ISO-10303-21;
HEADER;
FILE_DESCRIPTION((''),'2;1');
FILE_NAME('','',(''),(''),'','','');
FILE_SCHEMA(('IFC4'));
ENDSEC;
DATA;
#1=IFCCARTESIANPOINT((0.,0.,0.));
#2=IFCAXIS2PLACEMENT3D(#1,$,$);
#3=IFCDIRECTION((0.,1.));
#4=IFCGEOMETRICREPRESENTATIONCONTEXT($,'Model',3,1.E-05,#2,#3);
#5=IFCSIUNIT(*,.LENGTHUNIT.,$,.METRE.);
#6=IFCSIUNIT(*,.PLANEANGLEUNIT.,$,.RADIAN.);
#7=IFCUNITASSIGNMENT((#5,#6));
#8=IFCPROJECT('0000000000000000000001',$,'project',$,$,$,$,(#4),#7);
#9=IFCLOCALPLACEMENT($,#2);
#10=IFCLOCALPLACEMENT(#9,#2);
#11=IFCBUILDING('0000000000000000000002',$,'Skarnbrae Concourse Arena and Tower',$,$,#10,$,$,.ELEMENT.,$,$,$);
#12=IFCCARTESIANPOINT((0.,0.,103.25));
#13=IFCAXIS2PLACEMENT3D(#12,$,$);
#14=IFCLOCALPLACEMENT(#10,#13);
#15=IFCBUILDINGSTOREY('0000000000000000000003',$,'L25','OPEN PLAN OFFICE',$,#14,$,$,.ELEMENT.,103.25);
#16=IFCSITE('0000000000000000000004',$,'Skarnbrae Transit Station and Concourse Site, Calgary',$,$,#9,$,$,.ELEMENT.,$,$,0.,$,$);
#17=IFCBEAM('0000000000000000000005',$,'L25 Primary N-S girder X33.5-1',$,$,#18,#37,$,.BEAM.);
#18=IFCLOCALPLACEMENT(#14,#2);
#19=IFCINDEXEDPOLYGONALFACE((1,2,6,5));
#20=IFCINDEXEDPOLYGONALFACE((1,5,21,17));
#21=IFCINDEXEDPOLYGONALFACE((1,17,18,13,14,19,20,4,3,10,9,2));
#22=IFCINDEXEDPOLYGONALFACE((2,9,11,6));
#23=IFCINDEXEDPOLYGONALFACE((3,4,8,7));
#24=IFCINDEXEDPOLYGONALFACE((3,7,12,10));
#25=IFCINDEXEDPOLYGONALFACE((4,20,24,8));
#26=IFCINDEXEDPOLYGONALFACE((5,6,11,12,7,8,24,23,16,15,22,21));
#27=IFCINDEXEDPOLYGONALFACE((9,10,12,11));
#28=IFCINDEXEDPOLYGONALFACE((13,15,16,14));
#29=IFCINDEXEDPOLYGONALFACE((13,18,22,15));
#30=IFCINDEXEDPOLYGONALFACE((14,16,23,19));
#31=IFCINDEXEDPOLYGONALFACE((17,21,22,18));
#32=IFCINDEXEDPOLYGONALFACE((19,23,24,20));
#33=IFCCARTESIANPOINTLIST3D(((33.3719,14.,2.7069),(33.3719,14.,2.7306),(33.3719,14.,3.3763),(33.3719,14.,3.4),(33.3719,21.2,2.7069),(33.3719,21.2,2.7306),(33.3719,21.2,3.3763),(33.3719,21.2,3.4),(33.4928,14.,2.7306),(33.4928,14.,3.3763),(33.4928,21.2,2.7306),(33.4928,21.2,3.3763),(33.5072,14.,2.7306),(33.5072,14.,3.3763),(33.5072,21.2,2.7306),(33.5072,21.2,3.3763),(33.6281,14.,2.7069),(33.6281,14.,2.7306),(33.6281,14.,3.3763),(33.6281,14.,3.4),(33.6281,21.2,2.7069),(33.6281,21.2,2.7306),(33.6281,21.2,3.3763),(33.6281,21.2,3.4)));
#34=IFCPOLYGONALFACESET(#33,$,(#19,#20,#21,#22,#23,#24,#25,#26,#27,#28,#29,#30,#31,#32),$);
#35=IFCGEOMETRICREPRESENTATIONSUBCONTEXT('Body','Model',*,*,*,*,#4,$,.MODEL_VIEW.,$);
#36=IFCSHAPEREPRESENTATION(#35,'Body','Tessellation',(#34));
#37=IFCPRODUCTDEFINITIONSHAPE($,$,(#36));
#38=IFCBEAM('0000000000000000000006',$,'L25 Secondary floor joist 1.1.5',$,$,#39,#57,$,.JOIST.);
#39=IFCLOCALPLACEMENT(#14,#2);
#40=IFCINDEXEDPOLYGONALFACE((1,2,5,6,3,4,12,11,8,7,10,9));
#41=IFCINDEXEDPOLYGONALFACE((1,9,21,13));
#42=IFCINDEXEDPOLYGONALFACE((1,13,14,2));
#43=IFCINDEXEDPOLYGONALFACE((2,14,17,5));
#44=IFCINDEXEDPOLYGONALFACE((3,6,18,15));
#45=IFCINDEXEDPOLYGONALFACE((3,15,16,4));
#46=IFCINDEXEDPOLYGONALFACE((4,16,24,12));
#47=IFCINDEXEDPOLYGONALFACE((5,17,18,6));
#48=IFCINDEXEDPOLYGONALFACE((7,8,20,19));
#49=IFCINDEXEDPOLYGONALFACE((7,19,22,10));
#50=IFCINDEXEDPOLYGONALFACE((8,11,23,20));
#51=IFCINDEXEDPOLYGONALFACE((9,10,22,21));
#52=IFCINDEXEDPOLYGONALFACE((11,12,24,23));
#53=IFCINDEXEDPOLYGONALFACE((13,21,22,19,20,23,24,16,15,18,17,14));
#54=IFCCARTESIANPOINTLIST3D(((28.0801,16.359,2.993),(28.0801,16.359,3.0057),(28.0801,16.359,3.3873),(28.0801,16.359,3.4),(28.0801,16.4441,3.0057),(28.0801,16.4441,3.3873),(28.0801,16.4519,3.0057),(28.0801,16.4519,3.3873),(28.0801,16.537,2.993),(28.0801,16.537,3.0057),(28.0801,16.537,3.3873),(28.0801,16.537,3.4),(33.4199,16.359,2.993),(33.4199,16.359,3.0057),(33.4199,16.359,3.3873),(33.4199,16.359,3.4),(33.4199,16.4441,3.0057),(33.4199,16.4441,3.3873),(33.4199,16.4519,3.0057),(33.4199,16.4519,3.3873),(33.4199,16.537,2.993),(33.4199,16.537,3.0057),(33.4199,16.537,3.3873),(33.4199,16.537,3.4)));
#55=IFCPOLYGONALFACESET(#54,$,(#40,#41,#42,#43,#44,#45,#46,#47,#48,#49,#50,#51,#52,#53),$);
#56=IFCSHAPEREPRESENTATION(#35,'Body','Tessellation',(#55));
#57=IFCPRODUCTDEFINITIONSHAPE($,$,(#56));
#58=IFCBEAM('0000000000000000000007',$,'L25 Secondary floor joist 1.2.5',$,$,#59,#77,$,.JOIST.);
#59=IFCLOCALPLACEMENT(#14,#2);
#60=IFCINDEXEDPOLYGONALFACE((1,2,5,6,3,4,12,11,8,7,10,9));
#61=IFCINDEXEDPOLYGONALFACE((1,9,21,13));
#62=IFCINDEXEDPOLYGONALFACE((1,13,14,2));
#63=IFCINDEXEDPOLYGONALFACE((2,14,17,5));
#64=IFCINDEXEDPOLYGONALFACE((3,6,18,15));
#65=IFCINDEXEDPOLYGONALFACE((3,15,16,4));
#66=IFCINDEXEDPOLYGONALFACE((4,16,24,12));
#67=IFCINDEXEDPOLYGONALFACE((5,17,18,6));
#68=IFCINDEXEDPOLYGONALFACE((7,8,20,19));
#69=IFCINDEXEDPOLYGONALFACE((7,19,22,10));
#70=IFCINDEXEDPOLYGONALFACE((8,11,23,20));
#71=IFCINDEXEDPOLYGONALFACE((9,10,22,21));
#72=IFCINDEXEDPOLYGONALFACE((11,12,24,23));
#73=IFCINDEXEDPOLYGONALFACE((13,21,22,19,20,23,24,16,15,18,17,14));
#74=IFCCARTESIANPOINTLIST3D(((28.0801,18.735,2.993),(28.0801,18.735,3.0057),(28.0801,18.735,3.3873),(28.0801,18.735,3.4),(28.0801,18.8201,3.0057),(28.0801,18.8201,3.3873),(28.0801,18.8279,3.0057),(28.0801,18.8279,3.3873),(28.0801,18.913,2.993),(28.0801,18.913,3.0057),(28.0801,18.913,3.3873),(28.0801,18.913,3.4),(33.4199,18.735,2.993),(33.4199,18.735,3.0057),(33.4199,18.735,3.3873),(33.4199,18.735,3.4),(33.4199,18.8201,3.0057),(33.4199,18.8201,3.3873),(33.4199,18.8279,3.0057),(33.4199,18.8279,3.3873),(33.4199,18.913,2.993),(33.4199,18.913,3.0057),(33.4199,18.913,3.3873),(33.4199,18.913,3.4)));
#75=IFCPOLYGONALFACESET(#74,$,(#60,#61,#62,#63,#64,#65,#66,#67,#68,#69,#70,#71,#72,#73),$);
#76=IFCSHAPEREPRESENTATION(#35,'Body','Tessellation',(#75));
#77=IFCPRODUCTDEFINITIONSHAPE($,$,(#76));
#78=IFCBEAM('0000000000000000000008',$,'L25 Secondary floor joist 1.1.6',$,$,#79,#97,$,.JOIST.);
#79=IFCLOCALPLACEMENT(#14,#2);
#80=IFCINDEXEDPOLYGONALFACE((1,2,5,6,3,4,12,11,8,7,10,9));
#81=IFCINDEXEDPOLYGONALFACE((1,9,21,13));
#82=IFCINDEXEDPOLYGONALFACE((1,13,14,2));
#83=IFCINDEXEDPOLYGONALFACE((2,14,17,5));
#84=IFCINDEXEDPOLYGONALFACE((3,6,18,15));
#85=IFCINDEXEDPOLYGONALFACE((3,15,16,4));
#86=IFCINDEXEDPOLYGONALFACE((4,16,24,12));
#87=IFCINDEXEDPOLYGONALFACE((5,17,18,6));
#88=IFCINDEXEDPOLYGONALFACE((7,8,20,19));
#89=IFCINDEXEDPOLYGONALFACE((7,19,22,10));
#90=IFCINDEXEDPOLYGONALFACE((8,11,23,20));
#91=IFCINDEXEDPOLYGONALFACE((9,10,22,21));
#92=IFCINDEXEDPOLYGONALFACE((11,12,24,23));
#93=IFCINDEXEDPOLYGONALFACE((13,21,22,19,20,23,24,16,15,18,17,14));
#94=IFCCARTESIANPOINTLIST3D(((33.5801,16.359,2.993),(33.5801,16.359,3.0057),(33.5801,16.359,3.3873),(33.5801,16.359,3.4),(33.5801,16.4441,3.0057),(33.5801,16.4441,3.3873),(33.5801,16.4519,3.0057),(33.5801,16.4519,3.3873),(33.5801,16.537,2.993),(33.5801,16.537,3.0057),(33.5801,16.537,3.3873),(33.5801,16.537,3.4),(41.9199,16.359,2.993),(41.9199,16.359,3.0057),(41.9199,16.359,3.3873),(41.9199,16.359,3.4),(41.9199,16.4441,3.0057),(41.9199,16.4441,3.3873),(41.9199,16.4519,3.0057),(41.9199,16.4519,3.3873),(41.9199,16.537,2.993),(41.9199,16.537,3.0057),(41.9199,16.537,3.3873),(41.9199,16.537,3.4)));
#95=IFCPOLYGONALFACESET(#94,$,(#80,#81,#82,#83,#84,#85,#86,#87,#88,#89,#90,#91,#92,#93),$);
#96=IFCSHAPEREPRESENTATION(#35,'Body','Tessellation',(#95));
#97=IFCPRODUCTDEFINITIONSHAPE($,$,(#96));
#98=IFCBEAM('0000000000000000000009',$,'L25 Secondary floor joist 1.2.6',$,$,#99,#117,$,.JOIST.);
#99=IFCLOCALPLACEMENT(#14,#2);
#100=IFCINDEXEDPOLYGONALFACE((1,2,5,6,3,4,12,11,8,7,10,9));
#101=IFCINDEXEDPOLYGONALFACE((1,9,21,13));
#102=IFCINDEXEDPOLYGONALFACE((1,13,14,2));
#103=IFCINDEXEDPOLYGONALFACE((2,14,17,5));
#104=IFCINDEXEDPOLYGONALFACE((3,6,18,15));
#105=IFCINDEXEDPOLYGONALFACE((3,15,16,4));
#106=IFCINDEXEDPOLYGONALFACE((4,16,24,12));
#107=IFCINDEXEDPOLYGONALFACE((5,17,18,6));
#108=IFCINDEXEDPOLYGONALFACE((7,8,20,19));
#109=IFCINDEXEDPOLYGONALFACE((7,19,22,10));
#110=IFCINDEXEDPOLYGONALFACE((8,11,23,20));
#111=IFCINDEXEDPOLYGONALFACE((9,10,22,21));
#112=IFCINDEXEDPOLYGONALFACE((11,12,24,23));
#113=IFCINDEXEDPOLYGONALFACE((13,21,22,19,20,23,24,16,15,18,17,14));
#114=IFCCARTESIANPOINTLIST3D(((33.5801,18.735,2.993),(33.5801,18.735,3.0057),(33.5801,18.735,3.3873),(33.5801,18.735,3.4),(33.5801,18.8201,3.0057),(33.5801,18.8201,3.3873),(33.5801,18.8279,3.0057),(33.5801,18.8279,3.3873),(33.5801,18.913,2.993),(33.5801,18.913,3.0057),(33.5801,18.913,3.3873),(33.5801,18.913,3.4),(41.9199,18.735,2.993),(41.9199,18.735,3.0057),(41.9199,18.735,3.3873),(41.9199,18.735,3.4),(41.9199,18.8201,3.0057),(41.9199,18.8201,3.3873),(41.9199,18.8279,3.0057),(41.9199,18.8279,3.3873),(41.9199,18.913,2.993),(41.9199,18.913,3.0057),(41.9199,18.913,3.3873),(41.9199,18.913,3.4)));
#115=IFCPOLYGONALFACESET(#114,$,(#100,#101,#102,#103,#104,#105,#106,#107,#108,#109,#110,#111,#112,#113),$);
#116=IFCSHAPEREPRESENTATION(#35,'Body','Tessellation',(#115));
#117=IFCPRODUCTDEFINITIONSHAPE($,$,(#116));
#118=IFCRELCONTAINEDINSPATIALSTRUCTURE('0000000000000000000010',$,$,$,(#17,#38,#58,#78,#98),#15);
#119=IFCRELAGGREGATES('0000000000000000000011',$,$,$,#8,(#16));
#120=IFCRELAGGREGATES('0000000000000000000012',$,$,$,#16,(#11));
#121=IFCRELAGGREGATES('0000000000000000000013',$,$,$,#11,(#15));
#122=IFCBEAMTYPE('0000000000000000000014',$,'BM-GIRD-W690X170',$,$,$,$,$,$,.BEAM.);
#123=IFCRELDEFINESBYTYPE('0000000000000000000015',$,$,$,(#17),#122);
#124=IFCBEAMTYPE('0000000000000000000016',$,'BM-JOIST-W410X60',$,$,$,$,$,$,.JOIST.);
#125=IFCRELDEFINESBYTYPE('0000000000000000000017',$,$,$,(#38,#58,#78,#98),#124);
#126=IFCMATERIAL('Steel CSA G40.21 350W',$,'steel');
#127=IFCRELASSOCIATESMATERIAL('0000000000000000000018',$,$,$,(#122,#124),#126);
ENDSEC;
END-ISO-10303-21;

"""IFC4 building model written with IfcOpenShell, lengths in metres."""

from ifc_helpers import new_model, si_unit, direction, frame, origin, origin_2d, place, context, subcontext, project, spatial, i_section, extrude, source, transform, mapped, material, material_profile, profile_set, type_object, element, save


model = new_model("IFC4")

# Units and contexts
model_context = context("Model", 3, precision=1e-05, world=origin(), true_north=direction((0.0, 1.0)))
body_context = subcontext(model_context, "Body", "Model", "MODEL_VIEW")
ifc_project = project(units=[si_unit("LENGTHUNIT", "METRE"), si_unit("PLANEANGLEUNIT", "RADIAN")], contexts=[model_context])

# Site, building, storey
site_placement = place(None, origin())
site = spatial("IfcSite", under=ifc_project, at=site_placement, Name="Skarnbrae Transit Station and Concourse Site, Calgary", CompositionType="ELEMENT", RefElevation=0.0)
building_placement = place(site_placement, origin())
building = spatial("IfcBuilding", under=site, at=building_placement, Name="Skarnbrae Concourse Arena and Tower", CompositionType="ELEMENT")
storey_placement = place(building_placement, frame((0.0, 0.0, 103.25)))
storey = spatial("IfcBuildingStorey", under=building, at=storey_placement, Name="L25", Description="OPEN PLAN OFFICE", CompositionType="ELEMENT", Elevation=103.25)

# Shared definitions
ifc_material_1 = material(Name="Steel CSA G40.21 350W", Category="steel")

# Beams
ifc_material_profile_1 = material_profile(ifc_material_1, i_section(OverallWidth=0.2561, OverallDepth=0.6931, WebThickness=0.0144, FlangeThickness=0.0237, at=origin_2d()), Name="W690X170")
ifc_profile_set_1 = profile_set([ifc_material_profile_1], Name="Steel CSA G40.21 350W")
beam_type_1 = type_object("IfcBeamType", Name="BM-GIRD-W690X170", PredefinedType="BEAM", material=ifc_profile_set_1)
shared_shape_1 = source(origin(), body_context, "Body", "SweptSolid", [
    extrude(i_section(OverallWidth=0.2561, OverallDepth=0.6931, WebThickness=0.0144, FlangeThickness=0.0237, at=origin_2d()), origin(), (0.0, 0.0, 1.0), 7.2),
])
for number, where, z_axis, x_axis, name in (
    (1, (33.5, 14.0, 3.0535), (0.0, 1.0, 0.0), (-1.0, 0.0, 0.0), "L25 Primary N-S girder X33.5-1"),
):
    element("IfcBeam", number, at=place(storey_placement, frame(where, z_axis=z_axis, x_axis=x_axis)), inside=storey, type_object=beam_type_1, Name=name, PredefinedType="BEAM", context=body_context, shape_type="MappedRepresentation", body=[
        mapped(shared_shape_1, transform((0.0, 0.0, 0.0))),
    ])
ifc_material_profile_2 = material_profile(ifc_material_1, i_section(OverallWidth=0.178, OverallDepth=0.407, WebThickness=0.0078, FlangeThickness=0.0127, at=origin_2d()), Name="W410X60")
ifc_profile_set_2 = profile_set([ifc_material_profile_2], Name="Steel CSA G40.21 350W")
beam_type_2 = type_object("IfcBeamType", Name="BM-JOIST-W410X60", PredefinedType="JOIST", material=ifc_profile_set_2)
shared_shape_2 = source(origin(), body_context, "Body", "SweptSolid", [
    extrude(i_section(OverallWidth=0.178, OverallDepth=0.407, WebThickness=0.0078, FlangeThickness=0.0127, at=origin_2d()), origin(), (0.0, 0.0, 1.0), 5.3398),
])
for number, where, z_axis, x_axis, name in (
    (2, (28.0801, 16.448, 3.1965), (1.0, 0.0, 0.0), (0.0, 1.0, 0.0), "L25 Secondary floor joist 1.1.5"),
    (3, (28.0801, 18.824, 3.1965), (1.0, 0.0, 0.0), (0.0, 1.0, 0.0), "L25 Secondary floor joist 1.2.5"),
):
    element("IfcBeam", number, at=place(storey_placement, frame(where, z_axis=z_axis, x_axis=x_axis)), inside=storey, type_object=beam_type_2, Name=name, PredefinedType="JOIST", context=body_context, shape_type="MappedRepresentation", body=[
        mapped(shared_shape_2, transform((0.0, 0.0, 0.0))),
    ])
shared_shape_3 = source(origin(), body_context, "Body", "SweptSolid", [
    extrude(i_section(OverallWidth=0.178, OverallDepth=0.407, WebThickness=0.0078, FlangeThickness=0.0127, at=origin_2d()), origin(), (0.0, 0.0, 1.0), 8.3398),
])
for number, where, z_axis, x_axis, name in (
    (4, (33.5801, 16.448, 3.1965), (1.0, 0.0, 0.0), (0.0, 1.0, 0.0), "L25 Secondary floor joist 1.1.6"),
    (5, (33.5801, 18.824, 3.1965), (1.0, 0.0, 0.0), (0.0, 1.0, 0.0), "L25 Secondary floor joist 1.2.6"),
):
    element("IfcBeam", number, at=place(storey_placement, frame(where, z_axis=z_axis, x_axis=x_axis)), inside=storey, type_object=beam_type_2, Name=name, PredefinedType="JOIST", context=body_context, shape_type="MappedRepresentation", body=[
        mapped(shared_shape_3, transform((0.0, 0.0, 0.0))),
    ])

save(model, "model.ifc")
